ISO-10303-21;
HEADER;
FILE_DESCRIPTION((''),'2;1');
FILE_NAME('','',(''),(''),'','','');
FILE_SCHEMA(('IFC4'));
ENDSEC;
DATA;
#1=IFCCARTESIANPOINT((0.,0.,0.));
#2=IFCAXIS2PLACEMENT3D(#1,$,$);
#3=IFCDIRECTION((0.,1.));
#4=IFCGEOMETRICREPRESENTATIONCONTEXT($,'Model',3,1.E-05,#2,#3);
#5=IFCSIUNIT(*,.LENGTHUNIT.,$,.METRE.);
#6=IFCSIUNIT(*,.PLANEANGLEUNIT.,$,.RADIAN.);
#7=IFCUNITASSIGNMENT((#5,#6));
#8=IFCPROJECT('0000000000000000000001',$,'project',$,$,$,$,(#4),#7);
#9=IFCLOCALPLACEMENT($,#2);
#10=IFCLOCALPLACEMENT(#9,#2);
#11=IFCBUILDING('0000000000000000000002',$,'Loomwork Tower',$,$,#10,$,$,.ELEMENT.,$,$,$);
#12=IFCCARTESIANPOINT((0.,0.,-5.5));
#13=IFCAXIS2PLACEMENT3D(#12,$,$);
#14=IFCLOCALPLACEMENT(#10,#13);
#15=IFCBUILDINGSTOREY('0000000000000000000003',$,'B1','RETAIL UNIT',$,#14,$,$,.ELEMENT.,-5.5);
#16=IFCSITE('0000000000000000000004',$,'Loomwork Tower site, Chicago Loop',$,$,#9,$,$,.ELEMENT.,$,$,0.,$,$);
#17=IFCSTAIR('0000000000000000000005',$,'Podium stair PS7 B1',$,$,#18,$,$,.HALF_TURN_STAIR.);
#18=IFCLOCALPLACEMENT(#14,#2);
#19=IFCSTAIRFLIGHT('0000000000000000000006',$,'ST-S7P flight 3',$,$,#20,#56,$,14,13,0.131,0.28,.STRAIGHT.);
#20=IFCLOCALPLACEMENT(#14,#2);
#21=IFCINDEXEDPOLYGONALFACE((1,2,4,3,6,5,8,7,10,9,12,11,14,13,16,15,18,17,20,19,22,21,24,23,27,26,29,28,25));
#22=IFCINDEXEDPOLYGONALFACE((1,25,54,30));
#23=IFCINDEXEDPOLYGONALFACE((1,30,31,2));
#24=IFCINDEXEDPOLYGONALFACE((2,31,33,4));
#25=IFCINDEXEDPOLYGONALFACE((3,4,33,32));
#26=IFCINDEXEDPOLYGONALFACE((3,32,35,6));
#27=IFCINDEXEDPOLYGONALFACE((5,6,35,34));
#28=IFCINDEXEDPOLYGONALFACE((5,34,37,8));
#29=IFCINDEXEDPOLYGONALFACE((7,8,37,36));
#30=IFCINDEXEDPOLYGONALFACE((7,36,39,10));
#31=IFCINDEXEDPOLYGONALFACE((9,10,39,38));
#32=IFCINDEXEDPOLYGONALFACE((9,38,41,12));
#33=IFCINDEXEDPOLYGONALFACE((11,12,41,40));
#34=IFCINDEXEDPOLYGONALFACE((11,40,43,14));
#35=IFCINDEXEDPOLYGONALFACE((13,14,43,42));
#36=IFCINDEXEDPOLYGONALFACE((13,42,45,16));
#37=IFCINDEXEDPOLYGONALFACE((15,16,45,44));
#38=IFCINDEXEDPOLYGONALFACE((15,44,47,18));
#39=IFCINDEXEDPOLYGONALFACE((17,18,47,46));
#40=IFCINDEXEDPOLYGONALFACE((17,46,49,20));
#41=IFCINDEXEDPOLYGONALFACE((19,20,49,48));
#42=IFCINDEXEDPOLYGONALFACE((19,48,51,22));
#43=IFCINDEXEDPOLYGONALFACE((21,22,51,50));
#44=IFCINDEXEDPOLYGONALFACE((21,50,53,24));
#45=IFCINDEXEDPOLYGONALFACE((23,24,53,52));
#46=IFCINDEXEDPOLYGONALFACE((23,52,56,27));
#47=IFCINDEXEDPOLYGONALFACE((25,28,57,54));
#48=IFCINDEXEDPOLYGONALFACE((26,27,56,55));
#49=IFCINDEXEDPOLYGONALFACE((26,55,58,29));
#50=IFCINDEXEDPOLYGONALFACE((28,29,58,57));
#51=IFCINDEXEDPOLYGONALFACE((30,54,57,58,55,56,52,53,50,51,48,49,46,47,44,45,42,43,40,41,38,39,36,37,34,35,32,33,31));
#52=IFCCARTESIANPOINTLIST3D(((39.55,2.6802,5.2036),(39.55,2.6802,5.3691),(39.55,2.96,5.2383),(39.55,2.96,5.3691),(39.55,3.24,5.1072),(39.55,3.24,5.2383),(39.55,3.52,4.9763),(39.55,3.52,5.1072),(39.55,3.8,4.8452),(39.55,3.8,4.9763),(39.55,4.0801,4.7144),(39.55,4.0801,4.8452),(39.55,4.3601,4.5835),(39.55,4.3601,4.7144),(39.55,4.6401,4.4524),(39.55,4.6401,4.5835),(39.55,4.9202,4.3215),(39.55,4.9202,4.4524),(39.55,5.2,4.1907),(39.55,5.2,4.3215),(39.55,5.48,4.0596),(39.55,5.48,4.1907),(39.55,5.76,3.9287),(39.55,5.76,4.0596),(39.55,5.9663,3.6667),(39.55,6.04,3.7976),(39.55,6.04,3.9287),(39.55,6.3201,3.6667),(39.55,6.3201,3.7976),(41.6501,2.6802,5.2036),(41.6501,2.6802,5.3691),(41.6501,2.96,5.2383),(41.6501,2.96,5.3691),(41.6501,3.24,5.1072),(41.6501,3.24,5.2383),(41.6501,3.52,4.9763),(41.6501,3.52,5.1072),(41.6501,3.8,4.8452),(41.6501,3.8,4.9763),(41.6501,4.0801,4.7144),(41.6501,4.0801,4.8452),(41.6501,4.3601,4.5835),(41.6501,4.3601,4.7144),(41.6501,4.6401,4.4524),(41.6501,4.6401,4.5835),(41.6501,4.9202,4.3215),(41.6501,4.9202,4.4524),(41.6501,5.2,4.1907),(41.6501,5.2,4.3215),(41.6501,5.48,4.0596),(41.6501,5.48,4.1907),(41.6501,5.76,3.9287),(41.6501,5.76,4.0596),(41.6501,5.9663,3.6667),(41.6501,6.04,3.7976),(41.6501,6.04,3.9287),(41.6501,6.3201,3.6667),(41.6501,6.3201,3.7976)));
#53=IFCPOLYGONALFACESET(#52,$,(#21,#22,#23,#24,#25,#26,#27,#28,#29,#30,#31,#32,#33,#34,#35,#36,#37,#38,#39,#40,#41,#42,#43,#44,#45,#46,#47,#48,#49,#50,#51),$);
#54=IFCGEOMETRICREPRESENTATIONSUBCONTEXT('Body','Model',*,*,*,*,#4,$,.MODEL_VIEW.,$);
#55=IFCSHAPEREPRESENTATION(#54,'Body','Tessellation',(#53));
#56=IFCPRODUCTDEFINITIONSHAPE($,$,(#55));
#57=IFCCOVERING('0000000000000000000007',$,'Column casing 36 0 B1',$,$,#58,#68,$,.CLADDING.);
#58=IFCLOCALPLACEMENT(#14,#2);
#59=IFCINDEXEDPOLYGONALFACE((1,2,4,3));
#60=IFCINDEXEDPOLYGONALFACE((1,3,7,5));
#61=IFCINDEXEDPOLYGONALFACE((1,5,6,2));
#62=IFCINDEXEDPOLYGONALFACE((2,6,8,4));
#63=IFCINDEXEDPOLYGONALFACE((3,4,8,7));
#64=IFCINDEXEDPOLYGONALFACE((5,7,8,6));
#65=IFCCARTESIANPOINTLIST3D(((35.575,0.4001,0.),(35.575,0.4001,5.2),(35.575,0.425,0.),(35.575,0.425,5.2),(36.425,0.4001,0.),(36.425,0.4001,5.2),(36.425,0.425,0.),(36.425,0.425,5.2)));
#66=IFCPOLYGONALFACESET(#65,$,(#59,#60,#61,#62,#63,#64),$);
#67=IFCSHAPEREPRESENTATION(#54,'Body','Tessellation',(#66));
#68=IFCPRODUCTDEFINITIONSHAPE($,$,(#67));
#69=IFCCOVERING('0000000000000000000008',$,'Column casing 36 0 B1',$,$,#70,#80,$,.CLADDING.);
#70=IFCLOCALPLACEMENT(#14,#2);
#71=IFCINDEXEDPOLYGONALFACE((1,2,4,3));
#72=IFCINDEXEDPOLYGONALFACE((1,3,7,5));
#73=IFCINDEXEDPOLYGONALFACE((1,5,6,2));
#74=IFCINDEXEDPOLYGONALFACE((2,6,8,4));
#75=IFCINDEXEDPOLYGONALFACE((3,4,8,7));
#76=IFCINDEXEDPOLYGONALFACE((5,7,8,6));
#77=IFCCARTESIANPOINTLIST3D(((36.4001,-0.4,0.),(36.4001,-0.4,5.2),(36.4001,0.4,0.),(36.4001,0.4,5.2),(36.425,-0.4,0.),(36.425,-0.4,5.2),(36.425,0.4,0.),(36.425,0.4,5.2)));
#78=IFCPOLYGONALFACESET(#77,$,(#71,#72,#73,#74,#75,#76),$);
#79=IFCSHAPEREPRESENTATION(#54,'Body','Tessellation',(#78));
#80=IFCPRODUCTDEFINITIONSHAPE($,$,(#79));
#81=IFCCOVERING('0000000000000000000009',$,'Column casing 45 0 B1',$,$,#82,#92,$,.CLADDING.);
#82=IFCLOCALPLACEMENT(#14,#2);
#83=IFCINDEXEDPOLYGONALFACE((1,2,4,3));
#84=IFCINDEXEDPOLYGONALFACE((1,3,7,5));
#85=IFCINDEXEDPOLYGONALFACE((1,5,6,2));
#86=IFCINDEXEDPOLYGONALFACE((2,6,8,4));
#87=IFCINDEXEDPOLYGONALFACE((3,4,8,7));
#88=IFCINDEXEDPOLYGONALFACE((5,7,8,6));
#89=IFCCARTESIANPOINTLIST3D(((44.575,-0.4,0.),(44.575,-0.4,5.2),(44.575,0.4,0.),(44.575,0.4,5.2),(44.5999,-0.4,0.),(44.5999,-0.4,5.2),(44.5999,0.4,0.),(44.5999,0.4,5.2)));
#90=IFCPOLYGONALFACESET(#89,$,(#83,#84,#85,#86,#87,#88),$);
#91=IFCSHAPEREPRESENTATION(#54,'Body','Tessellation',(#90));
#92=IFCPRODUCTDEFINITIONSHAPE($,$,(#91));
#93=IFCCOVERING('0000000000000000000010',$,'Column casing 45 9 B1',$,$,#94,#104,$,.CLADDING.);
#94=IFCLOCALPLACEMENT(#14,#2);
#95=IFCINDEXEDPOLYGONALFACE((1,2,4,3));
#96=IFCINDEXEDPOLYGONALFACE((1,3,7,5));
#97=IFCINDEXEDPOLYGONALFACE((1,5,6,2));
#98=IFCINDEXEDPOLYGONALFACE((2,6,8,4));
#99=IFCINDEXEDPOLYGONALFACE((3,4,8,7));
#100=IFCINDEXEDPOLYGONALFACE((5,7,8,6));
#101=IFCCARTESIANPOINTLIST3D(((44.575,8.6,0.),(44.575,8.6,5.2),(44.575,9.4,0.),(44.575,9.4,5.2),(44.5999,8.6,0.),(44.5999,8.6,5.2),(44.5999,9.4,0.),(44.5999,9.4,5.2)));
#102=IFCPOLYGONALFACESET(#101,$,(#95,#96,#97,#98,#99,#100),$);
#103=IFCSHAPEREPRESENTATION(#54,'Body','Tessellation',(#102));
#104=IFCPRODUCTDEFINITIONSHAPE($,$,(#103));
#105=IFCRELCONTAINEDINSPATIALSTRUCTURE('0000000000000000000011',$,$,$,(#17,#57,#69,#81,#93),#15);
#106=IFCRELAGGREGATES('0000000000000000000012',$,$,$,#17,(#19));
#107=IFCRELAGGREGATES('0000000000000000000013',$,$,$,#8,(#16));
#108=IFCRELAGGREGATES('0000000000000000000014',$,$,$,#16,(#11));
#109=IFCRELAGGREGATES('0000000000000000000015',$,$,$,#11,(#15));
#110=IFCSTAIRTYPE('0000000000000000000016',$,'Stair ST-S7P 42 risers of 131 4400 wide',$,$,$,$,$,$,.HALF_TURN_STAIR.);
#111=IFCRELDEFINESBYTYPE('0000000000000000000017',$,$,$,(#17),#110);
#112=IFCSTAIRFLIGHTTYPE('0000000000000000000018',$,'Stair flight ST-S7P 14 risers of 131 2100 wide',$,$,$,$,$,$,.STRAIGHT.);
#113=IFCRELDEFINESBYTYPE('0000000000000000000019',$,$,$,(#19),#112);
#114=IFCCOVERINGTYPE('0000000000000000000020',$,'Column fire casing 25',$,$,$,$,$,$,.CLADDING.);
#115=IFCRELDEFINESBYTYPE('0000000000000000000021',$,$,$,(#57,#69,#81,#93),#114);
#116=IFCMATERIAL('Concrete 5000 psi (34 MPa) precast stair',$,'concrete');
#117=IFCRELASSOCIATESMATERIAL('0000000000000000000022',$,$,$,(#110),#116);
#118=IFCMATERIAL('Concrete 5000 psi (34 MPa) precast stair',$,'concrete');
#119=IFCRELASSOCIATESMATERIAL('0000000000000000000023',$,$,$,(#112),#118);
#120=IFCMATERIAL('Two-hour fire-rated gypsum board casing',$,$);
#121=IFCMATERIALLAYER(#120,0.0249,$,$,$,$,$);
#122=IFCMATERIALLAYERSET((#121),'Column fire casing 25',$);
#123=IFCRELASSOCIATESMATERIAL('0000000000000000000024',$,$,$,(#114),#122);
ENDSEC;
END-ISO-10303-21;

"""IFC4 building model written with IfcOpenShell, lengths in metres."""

from ifc_helpers import new_model, si_unit, direction, frame, origin, origin_2d, place, context, subcontext, project, spatial, polyline, rectangle, outline, extrude, material, layer, layer_set, type_object, element, aggregate, save


model = new_model("IFC4")

# Units and contexts
model_context = context("Model", 3, precision=1e-05, world=origin(), true_north=direction((0.0, 1.0)))
body_context = subcontext(model_context, "Body", "Model", "MODEL_VIEW")
ifc_project = project(units=[si_unit("LENGTHUNIT", "METRE"), si_unit("PLANEANGLEUNIT", "RADIAN")], contexts=[model_context])

# Site, building, storey
site_placement = place(None, origin())
site = spatial("IfcSite", under=ifc_project, at=site_placement, Name="Loomwork Tower site, Chicago Loop", CompositionType="ELEMENT", RefElevation=0.0)
building_placement = place(site_placement, origin())
building = spatial("IfcBuilding", under=site, at=building_placement, Name="Loomwork Tower", CompositionType="ELEMENT")
storey_placement = place(building_placement, frame((0.0, 0.0, -5.5)))
storey = spatial("IfcBuildingStorey", under=building, at=storey_placement, Name="B1", Description="RETAIL UNIT", CompositionType="ELEMENT", Elevation=-5.5)

# Stair, stair flight
ifc_material_1 = material(Name="Concrete 5000 psi (34 MPa) precast stair", Category="concrete")
stair_type = type_object("IfcStairType", Name="Stair ST-S7P 42 risers of 131 4400 wide", PredefinedType="HALF_TURN_STAIR", material=ifc_material_1)
stair_placement = place(storey_placement, origin())
stair = element("IfcStair", 1, at=stair_placement, inside=storey, type_object=stair_type, Name="Podium stair PS7 B1", PredefinedType="HALF_TURN_STAIR")
ifc_material_2 = material(Name="Concrete 5000 psi (34 MPa) precast stair", Category="concrete")
stair_flight_type = type_object("IfcStairFlightType", Name="Stair flight ST-S7P 14 risers of 131 2100 wide", PredefinedType="STRAIGHT", material=ifc_material_2)
stair_flight_1_placement = place(storey_placement, frame((40.6001, 6.3201, 3.6667), z_axis=(0.0, 0.0, 1.0), x_axis=(0.0, -1.0, 0.0)))
stair_flight_1 = element("IfcStairFlight", 2, at=stair_flight_1_placement, type_object=stair_flight_type, Name="ST-S7P flight 3", NumberOfRisers=14, NumberOfTreads=13, PredefinedType="STRAIGHT", RiserHeight=0.131, TreadLength=0.28, context=body_context, shape_type="SweptSolid", body=[
    extrude(outline(polyline([(0.0, 0.0), (0.0, 0.1309), (0.28, 0.1309), (0.28, 0.262), (0.5601, 0.262), (0.5601, 0.3928), (0.8401, 0.3928), (0.8401, 0.5239), (1.1201, 0.5239), (1.1201, 0.6548), (1.3999, 0.6548), (1.3999, 0.7856), (1.6799, 0.7856), (1.6799, 0.9167), (1.96, 0.9167), (1.96, 1.0476), (2.24, 1.0476), (2.24, 1.1785), (2.52, 1.1785), (2.52, 1.3096), (2.8, 1.3096), (2.8, 1.4404), (3.0801, 1.4404), (3.0801, 1.5715), (3.3601, 1.5715), (3.3601, 1.7024), (3.6399, 1.7024), (3.6399, 1.8333), (3.6399, 1.5369), (0.3538, 0.0), (0.0, 0.0)])), frame((0.0, 1.05, 0.0), z_axis=(0.0, -1.0, 0.0), x_axis=(1.0, 0.0, 0.0)), (0.0, 0.0, 1.0), 2.1001),
])
aggregate(stair, [stair_flight_1])

# Coverings
ifc_material_3 = material(Name="Two-hour fire-rated gypsum board casing")
ifc_layer_1 = layer(ifc_material_3, 0.0249)
ifc_layer_set_1 = layer_set([ifc_layer_1], Name="Column fire casing 25")
covering_type = type_object("IfcCoveringType", Name="Column fire casing 25", PredefinedType="CLADDING", material=ifc_layer_set_1)
covering_placement = place(storey_placement, frame((36.0, 0.4126, 0.0), z_axis=(0.0, 0.0, 1.0), x_axis=(1.0, 0.0, 0.0)))
element("IfcCovering", 3, at=covering_placement, inside=storey, type_object=covering_type, Name="Column casing 36 0 B1", PredefinedType="CLADDING", context=body_context, shape_type="SweptSolid", body=[
    extrude(rectangle(XDim=0.8501, YDim=0.0249, at=origin_2d()), origin(), (0.0, 0.0, 1.0), 5.2),
])
for number, where, z_axis, x_axis, name in (
    (4, (36.4126, 0.0, 0.0), (0.0, 0.0, 1.0), (1.0, 0.0, 0.0), "Column casing 36 0 B1"),
    (5, (44.5874, 0.0, 0.0), (0.0, 0.0, 1.0), (1.0, 0.0, 0.0), "Column casing 45 0 B1"),
    (6, (44.5874, 9.0, 0.0), (0.0, 0.0, 1.0), (1.0, 0.0, 0.0), "Column casing 45 9 B1"),
):
    element("IfcCovering", number, at=place(storey_placement, frame(where, z_axis=z_axis, x_axis=x_axis)), inside=storey, type_object=covering_type, Name=name, PredefinedType="CLADDING", context=body_context, shape_type="SweptSolid", body=[
        extrude(rectangle(XDim=0.0249, YDim=0.8, at=origin_2d()), origin(), (0.0, 0.0, 1.0), 5.2),
    ])

save(model, "model.ifc")
